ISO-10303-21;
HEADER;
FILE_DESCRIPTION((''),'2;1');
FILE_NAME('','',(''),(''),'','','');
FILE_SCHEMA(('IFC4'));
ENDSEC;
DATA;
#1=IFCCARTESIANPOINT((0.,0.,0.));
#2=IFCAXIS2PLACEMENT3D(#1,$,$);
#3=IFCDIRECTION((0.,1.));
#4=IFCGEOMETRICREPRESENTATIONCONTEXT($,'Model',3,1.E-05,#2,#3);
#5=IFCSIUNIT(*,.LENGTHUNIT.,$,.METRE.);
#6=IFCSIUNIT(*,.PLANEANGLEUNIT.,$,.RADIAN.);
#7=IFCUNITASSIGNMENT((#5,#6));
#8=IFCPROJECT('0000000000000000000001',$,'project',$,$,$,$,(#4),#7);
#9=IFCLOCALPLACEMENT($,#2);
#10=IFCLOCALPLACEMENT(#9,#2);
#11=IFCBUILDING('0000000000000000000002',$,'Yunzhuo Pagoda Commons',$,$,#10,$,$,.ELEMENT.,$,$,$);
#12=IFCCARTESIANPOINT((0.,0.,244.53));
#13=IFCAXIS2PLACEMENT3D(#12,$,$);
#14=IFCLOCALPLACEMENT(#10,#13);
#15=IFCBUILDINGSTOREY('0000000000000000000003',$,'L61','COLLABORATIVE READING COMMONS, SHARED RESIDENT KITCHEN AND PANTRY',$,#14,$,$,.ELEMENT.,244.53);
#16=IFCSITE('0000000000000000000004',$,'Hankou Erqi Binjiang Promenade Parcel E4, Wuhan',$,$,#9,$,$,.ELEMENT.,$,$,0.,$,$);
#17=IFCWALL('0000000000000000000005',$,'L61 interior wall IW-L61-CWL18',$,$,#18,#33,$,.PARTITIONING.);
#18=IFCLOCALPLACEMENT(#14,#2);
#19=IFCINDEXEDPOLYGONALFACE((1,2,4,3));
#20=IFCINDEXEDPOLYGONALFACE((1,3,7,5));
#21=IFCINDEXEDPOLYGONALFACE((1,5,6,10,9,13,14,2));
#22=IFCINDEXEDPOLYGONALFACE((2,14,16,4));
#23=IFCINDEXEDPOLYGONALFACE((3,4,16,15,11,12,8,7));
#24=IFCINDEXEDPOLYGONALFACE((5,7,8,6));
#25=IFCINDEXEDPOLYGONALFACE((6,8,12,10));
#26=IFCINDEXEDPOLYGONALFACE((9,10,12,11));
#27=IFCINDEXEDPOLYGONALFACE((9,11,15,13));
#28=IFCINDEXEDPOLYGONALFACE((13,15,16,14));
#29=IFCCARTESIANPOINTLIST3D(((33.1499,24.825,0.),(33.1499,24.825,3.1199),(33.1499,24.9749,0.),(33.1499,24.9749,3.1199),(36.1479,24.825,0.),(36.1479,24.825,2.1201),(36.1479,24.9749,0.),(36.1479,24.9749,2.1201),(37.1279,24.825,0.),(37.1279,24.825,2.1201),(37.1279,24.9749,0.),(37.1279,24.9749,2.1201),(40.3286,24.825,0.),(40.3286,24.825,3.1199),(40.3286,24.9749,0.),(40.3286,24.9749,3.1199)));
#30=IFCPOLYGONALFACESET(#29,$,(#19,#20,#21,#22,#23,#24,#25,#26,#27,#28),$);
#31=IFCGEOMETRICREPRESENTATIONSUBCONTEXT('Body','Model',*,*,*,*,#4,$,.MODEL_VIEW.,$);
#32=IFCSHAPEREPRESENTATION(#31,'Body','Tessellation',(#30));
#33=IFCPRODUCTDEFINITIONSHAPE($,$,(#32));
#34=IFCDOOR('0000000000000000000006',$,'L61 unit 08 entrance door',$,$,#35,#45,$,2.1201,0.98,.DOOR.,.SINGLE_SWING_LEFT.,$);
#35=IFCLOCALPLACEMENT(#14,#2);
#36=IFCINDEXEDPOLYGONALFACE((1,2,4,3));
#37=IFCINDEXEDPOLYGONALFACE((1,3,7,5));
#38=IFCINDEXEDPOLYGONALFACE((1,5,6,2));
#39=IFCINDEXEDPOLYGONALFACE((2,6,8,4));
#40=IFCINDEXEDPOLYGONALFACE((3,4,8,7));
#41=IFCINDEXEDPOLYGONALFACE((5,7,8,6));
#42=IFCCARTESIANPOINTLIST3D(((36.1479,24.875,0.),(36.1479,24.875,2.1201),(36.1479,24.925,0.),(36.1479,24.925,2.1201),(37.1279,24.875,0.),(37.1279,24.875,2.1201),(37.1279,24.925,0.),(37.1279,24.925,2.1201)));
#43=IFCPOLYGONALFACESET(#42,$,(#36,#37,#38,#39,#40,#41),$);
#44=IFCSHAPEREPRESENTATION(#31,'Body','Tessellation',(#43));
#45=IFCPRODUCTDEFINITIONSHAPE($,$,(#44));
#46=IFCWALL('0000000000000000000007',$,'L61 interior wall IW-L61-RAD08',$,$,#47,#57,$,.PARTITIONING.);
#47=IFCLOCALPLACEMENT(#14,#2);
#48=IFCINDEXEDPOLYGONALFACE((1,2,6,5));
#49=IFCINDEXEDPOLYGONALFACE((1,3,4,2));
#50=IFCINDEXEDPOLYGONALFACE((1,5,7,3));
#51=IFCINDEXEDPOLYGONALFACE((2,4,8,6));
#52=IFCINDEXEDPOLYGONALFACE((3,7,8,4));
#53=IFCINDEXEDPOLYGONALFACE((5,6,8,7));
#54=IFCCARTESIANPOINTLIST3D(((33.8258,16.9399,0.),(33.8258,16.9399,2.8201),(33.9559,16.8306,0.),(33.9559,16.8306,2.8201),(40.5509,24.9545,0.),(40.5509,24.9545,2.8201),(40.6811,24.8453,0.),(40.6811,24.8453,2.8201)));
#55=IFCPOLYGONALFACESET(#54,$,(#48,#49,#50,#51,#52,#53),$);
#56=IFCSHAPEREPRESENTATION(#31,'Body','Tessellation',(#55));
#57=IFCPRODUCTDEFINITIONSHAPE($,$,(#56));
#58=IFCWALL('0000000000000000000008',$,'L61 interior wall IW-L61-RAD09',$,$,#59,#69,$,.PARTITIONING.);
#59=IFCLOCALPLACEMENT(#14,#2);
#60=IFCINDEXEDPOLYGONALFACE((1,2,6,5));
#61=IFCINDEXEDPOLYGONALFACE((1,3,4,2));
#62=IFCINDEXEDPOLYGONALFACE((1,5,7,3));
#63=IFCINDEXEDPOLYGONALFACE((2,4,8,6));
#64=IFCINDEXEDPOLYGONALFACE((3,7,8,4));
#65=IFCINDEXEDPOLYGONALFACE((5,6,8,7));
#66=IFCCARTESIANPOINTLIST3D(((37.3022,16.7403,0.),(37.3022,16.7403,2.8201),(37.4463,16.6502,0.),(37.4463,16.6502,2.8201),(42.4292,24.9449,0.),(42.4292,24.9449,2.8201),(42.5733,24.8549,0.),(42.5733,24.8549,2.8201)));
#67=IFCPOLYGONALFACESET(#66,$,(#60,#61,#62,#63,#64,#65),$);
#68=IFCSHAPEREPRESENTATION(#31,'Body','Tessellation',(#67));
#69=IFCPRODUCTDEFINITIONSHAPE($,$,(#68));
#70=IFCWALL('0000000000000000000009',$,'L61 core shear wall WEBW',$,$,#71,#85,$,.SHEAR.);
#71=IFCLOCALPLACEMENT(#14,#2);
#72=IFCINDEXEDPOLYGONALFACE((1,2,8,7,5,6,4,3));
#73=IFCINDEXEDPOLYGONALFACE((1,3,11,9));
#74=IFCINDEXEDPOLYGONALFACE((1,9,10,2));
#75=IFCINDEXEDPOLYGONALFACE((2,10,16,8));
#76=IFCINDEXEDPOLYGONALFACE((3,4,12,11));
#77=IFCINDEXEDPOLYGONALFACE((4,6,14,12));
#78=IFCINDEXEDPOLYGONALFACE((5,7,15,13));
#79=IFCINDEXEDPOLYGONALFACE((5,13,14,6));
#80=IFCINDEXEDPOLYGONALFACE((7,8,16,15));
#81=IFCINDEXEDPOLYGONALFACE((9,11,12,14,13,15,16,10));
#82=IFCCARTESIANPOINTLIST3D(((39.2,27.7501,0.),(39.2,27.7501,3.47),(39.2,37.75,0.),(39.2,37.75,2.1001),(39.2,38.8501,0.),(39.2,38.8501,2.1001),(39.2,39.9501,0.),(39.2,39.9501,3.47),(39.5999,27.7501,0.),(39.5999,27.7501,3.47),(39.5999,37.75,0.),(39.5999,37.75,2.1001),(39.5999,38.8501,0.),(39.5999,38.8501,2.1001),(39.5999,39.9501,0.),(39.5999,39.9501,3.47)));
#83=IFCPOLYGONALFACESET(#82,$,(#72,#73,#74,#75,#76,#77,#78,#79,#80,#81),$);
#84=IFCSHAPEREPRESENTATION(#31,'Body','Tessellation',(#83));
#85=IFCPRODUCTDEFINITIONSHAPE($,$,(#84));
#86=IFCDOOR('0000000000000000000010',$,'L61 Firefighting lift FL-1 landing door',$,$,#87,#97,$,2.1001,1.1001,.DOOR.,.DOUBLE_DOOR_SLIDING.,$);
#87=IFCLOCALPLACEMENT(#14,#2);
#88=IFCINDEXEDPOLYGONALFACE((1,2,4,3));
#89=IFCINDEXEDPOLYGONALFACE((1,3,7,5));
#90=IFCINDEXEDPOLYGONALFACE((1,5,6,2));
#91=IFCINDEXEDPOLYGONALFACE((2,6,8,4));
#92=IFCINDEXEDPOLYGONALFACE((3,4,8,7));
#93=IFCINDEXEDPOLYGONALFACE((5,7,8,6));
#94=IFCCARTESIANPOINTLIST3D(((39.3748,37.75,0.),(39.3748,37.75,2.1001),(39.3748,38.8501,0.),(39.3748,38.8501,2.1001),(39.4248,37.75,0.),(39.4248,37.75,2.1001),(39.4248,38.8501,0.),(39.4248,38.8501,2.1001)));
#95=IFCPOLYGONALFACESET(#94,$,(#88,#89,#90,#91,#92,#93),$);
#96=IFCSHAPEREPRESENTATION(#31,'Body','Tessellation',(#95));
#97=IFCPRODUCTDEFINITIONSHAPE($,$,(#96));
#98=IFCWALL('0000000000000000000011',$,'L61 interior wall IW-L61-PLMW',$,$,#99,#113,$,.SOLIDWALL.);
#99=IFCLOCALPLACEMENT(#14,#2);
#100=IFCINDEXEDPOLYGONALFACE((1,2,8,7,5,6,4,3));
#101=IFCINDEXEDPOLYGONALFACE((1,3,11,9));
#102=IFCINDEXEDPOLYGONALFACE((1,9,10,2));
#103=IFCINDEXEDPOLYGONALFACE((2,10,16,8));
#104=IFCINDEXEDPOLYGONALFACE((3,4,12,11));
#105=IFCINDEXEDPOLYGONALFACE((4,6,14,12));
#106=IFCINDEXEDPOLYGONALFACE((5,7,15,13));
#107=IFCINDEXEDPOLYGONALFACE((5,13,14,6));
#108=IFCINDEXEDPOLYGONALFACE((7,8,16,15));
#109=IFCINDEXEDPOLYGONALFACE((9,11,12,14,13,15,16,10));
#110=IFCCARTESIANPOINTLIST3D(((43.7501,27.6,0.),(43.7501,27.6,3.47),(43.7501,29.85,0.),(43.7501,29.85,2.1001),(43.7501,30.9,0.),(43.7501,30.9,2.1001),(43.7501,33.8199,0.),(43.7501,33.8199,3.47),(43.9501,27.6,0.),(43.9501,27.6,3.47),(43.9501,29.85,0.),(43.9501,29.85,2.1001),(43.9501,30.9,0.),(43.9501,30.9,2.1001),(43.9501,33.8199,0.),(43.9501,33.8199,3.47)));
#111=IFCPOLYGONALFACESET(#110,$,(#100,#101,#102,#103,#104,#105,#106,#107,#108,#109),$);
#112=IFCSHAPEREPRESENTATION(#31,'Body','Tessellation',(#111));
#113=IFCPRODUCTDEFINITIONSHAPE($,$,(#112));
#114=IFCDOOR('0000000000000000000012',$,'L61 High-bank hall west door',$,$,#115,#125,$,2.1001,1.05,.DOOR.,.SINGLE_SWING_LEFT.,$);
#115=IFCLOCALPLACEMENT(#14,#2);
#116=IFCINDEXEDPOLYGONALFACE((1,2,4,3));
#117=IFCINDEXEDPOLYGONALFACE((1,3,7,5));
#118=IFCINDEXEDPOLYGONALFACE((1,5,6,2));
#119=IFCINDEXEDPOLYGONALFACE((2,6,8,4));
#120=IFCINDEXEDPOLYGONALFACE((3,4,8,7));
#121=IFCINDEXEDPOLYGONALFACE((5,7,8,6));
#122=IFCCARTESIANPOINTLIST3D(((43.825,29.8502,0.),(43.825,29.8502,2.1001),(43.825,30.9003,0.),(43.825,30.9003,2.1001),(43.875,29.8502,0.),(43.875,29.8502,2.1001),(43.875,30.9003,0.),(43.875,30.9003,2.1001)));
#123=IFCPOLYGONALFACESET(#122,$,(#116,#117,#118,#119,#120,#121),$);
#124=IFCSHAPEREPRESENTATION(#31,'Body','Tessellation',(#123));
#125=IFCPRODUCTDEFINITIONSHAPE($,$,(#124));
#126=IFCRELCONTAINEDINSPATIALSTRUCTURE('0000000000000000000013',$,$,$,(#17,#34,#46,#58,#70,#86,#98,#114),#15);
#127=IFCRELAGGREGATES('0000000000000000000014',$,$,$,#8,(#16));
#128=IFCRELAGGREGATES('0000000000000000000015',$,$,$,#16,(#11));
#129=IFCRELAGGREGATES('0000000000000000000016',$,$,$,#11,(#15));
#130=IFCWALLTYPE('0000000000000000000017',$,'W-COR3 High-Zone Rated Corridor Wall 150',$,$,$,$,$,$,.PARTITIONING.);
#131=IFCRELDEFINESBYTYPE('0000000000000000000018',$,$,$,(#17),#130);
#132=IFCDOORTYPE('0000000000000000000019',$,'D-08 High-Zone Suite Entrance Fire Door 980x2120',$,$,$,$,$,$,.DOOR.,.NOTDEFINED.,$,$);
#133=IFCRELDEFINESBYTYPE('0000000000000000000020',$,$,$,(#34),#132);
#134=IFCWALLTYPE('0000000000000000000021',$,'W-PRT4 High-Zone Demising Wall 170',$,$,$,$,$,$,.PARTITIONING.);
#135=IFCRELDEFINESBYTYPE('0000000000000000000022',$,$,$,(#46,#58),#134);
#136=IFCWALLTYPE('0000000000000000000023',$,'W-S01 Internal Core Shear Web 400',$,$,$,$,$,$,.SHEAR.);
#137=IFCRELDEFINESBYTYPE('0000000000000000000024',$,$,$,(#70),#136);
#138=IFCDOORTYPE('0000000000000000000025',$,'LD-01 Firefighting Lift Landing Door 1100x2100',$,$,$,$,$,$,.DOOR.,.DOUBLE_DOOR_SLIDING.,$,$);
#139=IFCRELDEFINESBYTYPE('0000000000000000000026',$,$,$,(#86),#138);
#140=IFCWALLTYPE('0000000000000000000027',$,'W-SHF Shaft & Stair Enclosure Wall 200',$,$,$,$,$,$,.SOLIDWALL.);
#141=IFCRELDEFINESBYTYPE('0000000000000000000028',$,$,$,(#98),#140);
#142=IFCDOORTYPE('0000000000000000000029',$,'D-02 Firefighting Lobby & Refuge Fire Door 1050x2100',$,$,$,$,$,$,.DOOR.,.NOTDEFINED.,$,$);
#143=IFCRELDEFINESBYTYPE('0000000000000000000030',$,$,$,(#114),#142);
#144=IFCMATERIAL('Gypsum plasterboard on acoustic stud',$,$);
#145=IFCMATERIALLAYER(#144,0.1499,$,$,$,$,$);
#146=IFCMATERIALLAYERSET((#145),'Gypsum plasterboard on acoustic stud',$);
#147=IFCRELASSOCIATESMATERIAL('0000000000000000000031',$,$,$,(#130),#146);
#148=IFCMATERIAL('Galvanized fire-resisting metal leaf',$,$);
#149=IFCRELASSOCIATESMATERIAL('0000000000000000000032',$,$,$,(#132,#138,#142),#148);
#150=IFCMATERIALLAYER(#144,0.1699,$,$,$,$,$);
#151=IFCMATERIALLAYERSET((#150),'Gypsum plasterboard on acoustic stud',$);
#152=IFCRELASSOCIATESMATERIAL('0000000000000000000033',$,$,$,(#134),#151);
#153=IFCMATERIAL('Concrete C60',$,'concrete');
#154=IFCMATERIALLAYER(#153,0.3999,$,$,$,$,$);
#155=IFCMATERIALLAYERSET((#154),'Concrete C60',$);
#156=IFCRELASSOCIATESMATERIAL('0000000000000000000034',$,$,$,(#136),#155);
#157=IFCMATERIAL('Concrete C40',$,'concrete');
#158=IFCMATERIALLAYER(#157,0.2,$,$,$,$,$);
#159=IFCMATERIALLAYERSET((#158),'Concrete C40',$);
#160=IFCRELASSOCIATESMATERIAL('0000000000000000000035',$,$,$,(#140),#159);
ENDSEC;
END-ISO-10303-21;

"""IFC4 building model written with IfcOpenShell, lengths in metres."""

from ifc_helpers import new_model, si_unit, direction, frame, frame_2d, origin, origin_with_axes, place, context, subcontext, project, spatial, rectangle, extrude, source, transform, mapped, material, layer, layer_set, type_object, element, fill, save


model = new_model("IFC4")

# Units and contexts
model_context = context("Model", 3, precision=1e-05, world=origin(), true_north=direction((0.0, 1.0)))
body_context = subcontext(model_context, "Body", "Model", "MODEL_VIEW")
ifc_project = project(units=[si_unit("LENGTHUNIT", "METRE"), si_unit("PLANEANGLEUNIT", "RADIAN")], contexts=[model_context])

# Site, building, storey
site_placement = place(None, origin())
site = spatial("IfcSite", under=ifc_project, at=site_placement, Name="Hankou Erqi Binjiang Promenade Parcel E4, Wuhan", CompositionType="ELEMENT", RefElevation=0.0)
building_placement = place(site_placement, origin())
building = spatial("IfcBuilding", under=site, at=building_placement, Name="Yunzhuo Pagoda Commons", CompositionType="ELEMENT")
storey_placement = place(building_placement, frame((0.0, 0.0, 244.53)))
storey = spatial("IfcBuildingStorey", under=building, at=storey_placement, Name="L61", Description="COLLABORATIVE READING COMMONS, SHARED RESIDENT KITCHEN AND PANTRY", CompositionType="ELEMENT", Elevation=244.53)

# Shared definitions
ifc_material_1 = material(Name="Gypsum plasterboard on acoustic stud")
ifc_layer_1 = layer(ifc_material_1, 0.1499)
ifc_layer_set_1 = layer_set([ifc_layer_1], Name="Gypsum plasterboard on acoustic stud")
wall_type_1 = type_object("IfcWallType", Name="W-COR3 High-Zone Rated Corridor Wall 150", PredefinedType="PARTITIONING", material=ifc_layer_set_1)
ifc_material_2 = material(Name="Galvanized fire-resisting metal leaf")

# Wall, opening, door
wall_1_placement = place(storey_placement, frame((40.3286, 24.8999, 0.0), z_axis=(0.0, 0.0, 1.0), x_axis=(-1.0, 0.0, 0.0)))
wall_1 = element("IfcWall", 1, at=wall_1_placement, inside=storey, type_object=wall_type_1, Name="L61 interior wall IW-L61-CWL18", PredefinedType="PARTITIONING", context=body_context, shape_type="SweptSolid", body=[
    extrude(rectangle(XDim=7.1787, YDim=0.1499, at=frame_2d((3.5894, 0.0))), origin(), (0.0, 0.0, 1.0), 3.1199),
])
opening_1_placement = place(wall_1_placement, frame((3.2007, 0.0, 0.0)))
opening_1 = element("IfcOpeningElement", 2, at=opening_1_placement, cuts=wall_1, PredefinedType="OPENING", context=body_context, shape_type="SweptSolid", body=[
    extrude(rectangle(XDim=0.98, YDim=2.1201, at=frame_2d((0.49, 1.0601))), frame((0.0, 0.085, 0.0), z_axis=(0.0, -1.0, 0.0), x_axis=(1.0, 0.0, 0.0)), (0.0, 0.0, 1.0), 0.1699),
])
door_type_1 = type_object("IfcDoorType", Name="D-08 High-Zone Suite Entrance Fire Door 980x2120", OperationType="NOTDEFINED", PredefinedType="DOOR", material=ifc_material_2)
shared_shape_1 = source(origin(), body_context, "Body", "SweptSolid", [
    extrude(rectangle(XDim=0.98, YDim=2.1201, at=frame_2d((0.49, 1.0601))), frame((0.0, 0.0249, 0.0), z_axis=(0.0, -1.0, 0.0), x_axis=(1.0, 0.0, 0.0)), (0.0, 0.0, 1.0), 0.05),
])
door_1_placement = place(opening_1_placement, origin_with_axes())
door_1 = element("IfcDoor", 3, at=door_1_placement, inside=storey, type_object=door_type_1, Name="L61 unit 08 entrance door", OperationType="SINGLE_SWING_LEFT", OverallHeight=2.1201, OverallWidth=0.98, PredefinedType="DOOR", context=body_context, shape_type="MappedRepresentation", body=[
    mapped(shared_shape_1, transform((0.0, 0.0, 0.0), scale=1.0)),
])
fill(opening_1, door_1)

# Walls
ifc_layer_2 = layer(ifc_material_1, 0.1699)
ifc_layer_set_2 = layer_set([ifc_layer_2], Name="Gypsum plasterboard on acoustic stud")
wall_type_2 = type_object("IfcWallType", Name="W-PRT4 High-Zone Demising Wall 170", PredefinedType="PARTITIONING", material=ifc_layer_set_2)
wall_2_placement = place(storey_placement, frame((40.616, 24.8999, 0.0), z_axis=(0.0, 0.0, 1.0), x_axis=(-0.642788, -0.766044, 0.0)))
element("IfcWall", 4, at=wall_2_placement, inside=storey, type_object=wall_type_2, Name="L61 interior wall IW-L61-RAD08", PredefinedType="PARTITIONING", context=body_context, shape_type="SweptSolid", body=[
    extrude(rectangle(XDim=10.4624, YDim=0.1699, at=frame_2d((5.2312, 0.0))), origin(), (0.0, 0.0, 1.0), 2.8201),
])
wall_3_placement = place(storey_placement, frame((42.5012, 24.8999, 0.0), z_axis=(0.0, 0.0, 1.0), x_axis=(-0.529931, -0.848041, 0.0)))
element("IfcWall", 5, at=wall_3_placement, inside=storey, type_object=wall_type_2, Name="L61 interior wall IW-L61-RAD09", PredefinedType="PARTITIONING", context=body_context, shape_type="SweptSolid", body=[
    extrude(rectangle(XDim=9.6748, YDim=0.1699, at=frame_2d((4.8374, 0.0))), origin(), (0.0, 0.0, 1.0), 2.8201),
])

# Walls, openings, doors
ifc_material_3 = material(Name="Concrete C60", Category="concrete")
ifc_layer_3 = layer(ifc_material_3, 0.3999)
ifc_layer_set_3 = layer_set([ifc_layer_3], Name="Concrete C60")
wall_type_3 = type_object("IfcWallType", Name="W-S01 Internal Core Shear Web 400", PredefinedType="SHEAR", material=ifc_layer_set_3)
wall_4_placement = place(storey_placement, frame((39.3999, 27.75, 0.0), z_axis=(0.0, 0.0, 1.0), x_axis=(0.0, 1.0, 0.0)))
wall_4 = element("IfcWall", 6, at=wall_4_placement, inside=storey, type_object=wall_type_3, Name="L61 core shear wall WEBW", PredefinedType="SHEAR", context=body_context, shape_type="SweptSolid", body=[
    extrude(rectangle(XDim=12.2, YDim=0.3999, at=frame_2d((6.1001, 0.0))), origin(), (0.0, 0.0, 1.0), 3.47),
])
opening_2_placement = place(wall_4_placement, frame((10.0, 0.0, 0.0)))
opening_2 = element("IfcOpeningElement", 7, at=opening_2_placement, cuts=wall_4, PredefinedType="OPENING", context=body_context, shape_type="SweptSolid", body=[
    extrude(rectangle(XDim=1.1001, YDim=2.1001, at=frame_2d((0.55, 1.05))), frame((0.0, 0.21, 0.0), z_axis=(0.0, -1.0, 0.0), x_axis=(1.0, 0.0, 0.0)), (0.0, 0.0, 1.0), 0.4199),
])
door_type_2 = type_object("IfcDoorType", Name="LD-01 Firefighting Lift Landing Door 1100x2100", OperationType="DOUBLE_DOOR_SLIDING", PredefinedType="DOOR", material=ifc_material_2)
shared_shape_2 = source(origin(), body_context, "Body", "SweptSolid", [
    extrude(rectangle(XDim=1.1001, YDim=2.1001, at=frame_2d((0.55, 1.05))), frame((0.0, 0.0249, 0.0), z_axis=(0.0, -1.0, 0.0), x_axis=(1.0, 0.0, 0.0)), (0.0, 0.0, 1.0), 0.05),
])
door_2_placement = place(opening_2_placement, frame((1.1001, 0.0, 0.0), z_axis=(0.0, 0.0, 1.0), x_axis=(-1.0, 0.0, 0.0)))
door_2 = element("IfcDoor", 8, at=door_2_placement, inside=storey, type_object=door_type_2, Name="L61 Firefighting lift FL-1 landing door", OperationType="DOUBLE_DOOR_SLIDING", OverallHeight=2.1001, OverallWidth=1.1001, PredefinedType="DOOR", context=body_context, shape_type="MappedRepresentation", body=[
    mapped(shared_shape_2, transform((0.0, 0.0, 0.0), scale=1.0)),
])
fill(opening_2, door_2)
ifc_material_4 = material(Name="Concrete C40", Category="concrete")
ifc_layer_4 = layer(ifc_material_4, 0.2)
ifc_layer_set_4 = layer_set([ifc_layer_4], Name="Concrete C40")
wall_type_4 = type_object("IfcWallType", Name="W-SHF Shaft & Stair Enclosure Wall 200", PredefinedType="SOLIDWALL", material=ifc_layer_set_4)
wall_5_placement = place(storey_placement, frame((43.8501, 27.6001, 0.0), z_axis=(0.0, 0.0, 1.0), x_axis=(0.0, 1.0, 0.0)))
wall_5 = element("IfcWall", 9, at=wall_5_placement, inside=storey, type_object=wall_type_4, Name="L61 interior wall IW-L61-PLMW", PredefinedType="SOLIDWALL", context=body_context, shape_type="SweptSolid", body=[
    extrude(rectangle(XDim=6.22, YDim=0.2, at=frame_2d((3.1099, 0.0))), origin(), (0.0, 0.0, 1.0), 3.47),
])
opening_3_placement = place(wall_5_placement, frame((2.25, 0.0, 0.0)))
opening_3 = element("IfcOpeningElement", 10, at=opening_3_placement, cuts=wall_5, PredefinedType="OPENING", context=body_context, shape_type="SweptSolid", body=[
    extrude(rectangle(XDim=1.05, YDim=2.1001, at=frame_2d((0.5249, 1.05))), frame((0.0, 0.1099, 0.0), z_axis=(0.0, -1.0, 0.0), x_axis=(1.0, 0.0, 0.0)), (0.0, 0.0, 1.0), 0.22),
])
door_type_3 = type_object("IfcDoorType", Name="D-02 Firefighting Lobby & Refuge Fire Door 1050x2100", OperationType="NOTDEFINED", PredefinedType="DOOR", material=ifc_material_2)
shared_shape_3 = source(origin(), body_context, "Body", "SweptSolid", [
    extrude(rectangle(XDim=1.05, YDim=2.1001, at=frame_2d((0.5249, 1.05))), frame((0.0, 0.0249, 0.0), z_axis=(0.0, -1.0, 0.0), x_axis=(1.0, 0.0, 0.0)), (0.0, 0.0, 1.0), 0.05),
])
door_3_placement = place(opening_3_placement, frame((1.05, 0.0, 0.0), z_axis=(0.0, 0.0, 1.0), x_axis=(-1.0, 0.0, 0.0)))
door_3 = element("IfcDoor", 11, at=door_3_placement, inside=storey, type_object=door_type_3, Name="L61 High-bank hall west door", OperationType="SINGLE_SWING_LEFT", OverallHeight=2.1001, OverallWidth=1.05, PredefinedType="DOOR", context=body_context, shape_type="MappedRepresentation", body=[
    mapped(shared_shape_3, transform((0.0, 0.0, 0.0), scale=1.0)),
])
fill(opening_3, door_3)

save(model, "model.ifc")
